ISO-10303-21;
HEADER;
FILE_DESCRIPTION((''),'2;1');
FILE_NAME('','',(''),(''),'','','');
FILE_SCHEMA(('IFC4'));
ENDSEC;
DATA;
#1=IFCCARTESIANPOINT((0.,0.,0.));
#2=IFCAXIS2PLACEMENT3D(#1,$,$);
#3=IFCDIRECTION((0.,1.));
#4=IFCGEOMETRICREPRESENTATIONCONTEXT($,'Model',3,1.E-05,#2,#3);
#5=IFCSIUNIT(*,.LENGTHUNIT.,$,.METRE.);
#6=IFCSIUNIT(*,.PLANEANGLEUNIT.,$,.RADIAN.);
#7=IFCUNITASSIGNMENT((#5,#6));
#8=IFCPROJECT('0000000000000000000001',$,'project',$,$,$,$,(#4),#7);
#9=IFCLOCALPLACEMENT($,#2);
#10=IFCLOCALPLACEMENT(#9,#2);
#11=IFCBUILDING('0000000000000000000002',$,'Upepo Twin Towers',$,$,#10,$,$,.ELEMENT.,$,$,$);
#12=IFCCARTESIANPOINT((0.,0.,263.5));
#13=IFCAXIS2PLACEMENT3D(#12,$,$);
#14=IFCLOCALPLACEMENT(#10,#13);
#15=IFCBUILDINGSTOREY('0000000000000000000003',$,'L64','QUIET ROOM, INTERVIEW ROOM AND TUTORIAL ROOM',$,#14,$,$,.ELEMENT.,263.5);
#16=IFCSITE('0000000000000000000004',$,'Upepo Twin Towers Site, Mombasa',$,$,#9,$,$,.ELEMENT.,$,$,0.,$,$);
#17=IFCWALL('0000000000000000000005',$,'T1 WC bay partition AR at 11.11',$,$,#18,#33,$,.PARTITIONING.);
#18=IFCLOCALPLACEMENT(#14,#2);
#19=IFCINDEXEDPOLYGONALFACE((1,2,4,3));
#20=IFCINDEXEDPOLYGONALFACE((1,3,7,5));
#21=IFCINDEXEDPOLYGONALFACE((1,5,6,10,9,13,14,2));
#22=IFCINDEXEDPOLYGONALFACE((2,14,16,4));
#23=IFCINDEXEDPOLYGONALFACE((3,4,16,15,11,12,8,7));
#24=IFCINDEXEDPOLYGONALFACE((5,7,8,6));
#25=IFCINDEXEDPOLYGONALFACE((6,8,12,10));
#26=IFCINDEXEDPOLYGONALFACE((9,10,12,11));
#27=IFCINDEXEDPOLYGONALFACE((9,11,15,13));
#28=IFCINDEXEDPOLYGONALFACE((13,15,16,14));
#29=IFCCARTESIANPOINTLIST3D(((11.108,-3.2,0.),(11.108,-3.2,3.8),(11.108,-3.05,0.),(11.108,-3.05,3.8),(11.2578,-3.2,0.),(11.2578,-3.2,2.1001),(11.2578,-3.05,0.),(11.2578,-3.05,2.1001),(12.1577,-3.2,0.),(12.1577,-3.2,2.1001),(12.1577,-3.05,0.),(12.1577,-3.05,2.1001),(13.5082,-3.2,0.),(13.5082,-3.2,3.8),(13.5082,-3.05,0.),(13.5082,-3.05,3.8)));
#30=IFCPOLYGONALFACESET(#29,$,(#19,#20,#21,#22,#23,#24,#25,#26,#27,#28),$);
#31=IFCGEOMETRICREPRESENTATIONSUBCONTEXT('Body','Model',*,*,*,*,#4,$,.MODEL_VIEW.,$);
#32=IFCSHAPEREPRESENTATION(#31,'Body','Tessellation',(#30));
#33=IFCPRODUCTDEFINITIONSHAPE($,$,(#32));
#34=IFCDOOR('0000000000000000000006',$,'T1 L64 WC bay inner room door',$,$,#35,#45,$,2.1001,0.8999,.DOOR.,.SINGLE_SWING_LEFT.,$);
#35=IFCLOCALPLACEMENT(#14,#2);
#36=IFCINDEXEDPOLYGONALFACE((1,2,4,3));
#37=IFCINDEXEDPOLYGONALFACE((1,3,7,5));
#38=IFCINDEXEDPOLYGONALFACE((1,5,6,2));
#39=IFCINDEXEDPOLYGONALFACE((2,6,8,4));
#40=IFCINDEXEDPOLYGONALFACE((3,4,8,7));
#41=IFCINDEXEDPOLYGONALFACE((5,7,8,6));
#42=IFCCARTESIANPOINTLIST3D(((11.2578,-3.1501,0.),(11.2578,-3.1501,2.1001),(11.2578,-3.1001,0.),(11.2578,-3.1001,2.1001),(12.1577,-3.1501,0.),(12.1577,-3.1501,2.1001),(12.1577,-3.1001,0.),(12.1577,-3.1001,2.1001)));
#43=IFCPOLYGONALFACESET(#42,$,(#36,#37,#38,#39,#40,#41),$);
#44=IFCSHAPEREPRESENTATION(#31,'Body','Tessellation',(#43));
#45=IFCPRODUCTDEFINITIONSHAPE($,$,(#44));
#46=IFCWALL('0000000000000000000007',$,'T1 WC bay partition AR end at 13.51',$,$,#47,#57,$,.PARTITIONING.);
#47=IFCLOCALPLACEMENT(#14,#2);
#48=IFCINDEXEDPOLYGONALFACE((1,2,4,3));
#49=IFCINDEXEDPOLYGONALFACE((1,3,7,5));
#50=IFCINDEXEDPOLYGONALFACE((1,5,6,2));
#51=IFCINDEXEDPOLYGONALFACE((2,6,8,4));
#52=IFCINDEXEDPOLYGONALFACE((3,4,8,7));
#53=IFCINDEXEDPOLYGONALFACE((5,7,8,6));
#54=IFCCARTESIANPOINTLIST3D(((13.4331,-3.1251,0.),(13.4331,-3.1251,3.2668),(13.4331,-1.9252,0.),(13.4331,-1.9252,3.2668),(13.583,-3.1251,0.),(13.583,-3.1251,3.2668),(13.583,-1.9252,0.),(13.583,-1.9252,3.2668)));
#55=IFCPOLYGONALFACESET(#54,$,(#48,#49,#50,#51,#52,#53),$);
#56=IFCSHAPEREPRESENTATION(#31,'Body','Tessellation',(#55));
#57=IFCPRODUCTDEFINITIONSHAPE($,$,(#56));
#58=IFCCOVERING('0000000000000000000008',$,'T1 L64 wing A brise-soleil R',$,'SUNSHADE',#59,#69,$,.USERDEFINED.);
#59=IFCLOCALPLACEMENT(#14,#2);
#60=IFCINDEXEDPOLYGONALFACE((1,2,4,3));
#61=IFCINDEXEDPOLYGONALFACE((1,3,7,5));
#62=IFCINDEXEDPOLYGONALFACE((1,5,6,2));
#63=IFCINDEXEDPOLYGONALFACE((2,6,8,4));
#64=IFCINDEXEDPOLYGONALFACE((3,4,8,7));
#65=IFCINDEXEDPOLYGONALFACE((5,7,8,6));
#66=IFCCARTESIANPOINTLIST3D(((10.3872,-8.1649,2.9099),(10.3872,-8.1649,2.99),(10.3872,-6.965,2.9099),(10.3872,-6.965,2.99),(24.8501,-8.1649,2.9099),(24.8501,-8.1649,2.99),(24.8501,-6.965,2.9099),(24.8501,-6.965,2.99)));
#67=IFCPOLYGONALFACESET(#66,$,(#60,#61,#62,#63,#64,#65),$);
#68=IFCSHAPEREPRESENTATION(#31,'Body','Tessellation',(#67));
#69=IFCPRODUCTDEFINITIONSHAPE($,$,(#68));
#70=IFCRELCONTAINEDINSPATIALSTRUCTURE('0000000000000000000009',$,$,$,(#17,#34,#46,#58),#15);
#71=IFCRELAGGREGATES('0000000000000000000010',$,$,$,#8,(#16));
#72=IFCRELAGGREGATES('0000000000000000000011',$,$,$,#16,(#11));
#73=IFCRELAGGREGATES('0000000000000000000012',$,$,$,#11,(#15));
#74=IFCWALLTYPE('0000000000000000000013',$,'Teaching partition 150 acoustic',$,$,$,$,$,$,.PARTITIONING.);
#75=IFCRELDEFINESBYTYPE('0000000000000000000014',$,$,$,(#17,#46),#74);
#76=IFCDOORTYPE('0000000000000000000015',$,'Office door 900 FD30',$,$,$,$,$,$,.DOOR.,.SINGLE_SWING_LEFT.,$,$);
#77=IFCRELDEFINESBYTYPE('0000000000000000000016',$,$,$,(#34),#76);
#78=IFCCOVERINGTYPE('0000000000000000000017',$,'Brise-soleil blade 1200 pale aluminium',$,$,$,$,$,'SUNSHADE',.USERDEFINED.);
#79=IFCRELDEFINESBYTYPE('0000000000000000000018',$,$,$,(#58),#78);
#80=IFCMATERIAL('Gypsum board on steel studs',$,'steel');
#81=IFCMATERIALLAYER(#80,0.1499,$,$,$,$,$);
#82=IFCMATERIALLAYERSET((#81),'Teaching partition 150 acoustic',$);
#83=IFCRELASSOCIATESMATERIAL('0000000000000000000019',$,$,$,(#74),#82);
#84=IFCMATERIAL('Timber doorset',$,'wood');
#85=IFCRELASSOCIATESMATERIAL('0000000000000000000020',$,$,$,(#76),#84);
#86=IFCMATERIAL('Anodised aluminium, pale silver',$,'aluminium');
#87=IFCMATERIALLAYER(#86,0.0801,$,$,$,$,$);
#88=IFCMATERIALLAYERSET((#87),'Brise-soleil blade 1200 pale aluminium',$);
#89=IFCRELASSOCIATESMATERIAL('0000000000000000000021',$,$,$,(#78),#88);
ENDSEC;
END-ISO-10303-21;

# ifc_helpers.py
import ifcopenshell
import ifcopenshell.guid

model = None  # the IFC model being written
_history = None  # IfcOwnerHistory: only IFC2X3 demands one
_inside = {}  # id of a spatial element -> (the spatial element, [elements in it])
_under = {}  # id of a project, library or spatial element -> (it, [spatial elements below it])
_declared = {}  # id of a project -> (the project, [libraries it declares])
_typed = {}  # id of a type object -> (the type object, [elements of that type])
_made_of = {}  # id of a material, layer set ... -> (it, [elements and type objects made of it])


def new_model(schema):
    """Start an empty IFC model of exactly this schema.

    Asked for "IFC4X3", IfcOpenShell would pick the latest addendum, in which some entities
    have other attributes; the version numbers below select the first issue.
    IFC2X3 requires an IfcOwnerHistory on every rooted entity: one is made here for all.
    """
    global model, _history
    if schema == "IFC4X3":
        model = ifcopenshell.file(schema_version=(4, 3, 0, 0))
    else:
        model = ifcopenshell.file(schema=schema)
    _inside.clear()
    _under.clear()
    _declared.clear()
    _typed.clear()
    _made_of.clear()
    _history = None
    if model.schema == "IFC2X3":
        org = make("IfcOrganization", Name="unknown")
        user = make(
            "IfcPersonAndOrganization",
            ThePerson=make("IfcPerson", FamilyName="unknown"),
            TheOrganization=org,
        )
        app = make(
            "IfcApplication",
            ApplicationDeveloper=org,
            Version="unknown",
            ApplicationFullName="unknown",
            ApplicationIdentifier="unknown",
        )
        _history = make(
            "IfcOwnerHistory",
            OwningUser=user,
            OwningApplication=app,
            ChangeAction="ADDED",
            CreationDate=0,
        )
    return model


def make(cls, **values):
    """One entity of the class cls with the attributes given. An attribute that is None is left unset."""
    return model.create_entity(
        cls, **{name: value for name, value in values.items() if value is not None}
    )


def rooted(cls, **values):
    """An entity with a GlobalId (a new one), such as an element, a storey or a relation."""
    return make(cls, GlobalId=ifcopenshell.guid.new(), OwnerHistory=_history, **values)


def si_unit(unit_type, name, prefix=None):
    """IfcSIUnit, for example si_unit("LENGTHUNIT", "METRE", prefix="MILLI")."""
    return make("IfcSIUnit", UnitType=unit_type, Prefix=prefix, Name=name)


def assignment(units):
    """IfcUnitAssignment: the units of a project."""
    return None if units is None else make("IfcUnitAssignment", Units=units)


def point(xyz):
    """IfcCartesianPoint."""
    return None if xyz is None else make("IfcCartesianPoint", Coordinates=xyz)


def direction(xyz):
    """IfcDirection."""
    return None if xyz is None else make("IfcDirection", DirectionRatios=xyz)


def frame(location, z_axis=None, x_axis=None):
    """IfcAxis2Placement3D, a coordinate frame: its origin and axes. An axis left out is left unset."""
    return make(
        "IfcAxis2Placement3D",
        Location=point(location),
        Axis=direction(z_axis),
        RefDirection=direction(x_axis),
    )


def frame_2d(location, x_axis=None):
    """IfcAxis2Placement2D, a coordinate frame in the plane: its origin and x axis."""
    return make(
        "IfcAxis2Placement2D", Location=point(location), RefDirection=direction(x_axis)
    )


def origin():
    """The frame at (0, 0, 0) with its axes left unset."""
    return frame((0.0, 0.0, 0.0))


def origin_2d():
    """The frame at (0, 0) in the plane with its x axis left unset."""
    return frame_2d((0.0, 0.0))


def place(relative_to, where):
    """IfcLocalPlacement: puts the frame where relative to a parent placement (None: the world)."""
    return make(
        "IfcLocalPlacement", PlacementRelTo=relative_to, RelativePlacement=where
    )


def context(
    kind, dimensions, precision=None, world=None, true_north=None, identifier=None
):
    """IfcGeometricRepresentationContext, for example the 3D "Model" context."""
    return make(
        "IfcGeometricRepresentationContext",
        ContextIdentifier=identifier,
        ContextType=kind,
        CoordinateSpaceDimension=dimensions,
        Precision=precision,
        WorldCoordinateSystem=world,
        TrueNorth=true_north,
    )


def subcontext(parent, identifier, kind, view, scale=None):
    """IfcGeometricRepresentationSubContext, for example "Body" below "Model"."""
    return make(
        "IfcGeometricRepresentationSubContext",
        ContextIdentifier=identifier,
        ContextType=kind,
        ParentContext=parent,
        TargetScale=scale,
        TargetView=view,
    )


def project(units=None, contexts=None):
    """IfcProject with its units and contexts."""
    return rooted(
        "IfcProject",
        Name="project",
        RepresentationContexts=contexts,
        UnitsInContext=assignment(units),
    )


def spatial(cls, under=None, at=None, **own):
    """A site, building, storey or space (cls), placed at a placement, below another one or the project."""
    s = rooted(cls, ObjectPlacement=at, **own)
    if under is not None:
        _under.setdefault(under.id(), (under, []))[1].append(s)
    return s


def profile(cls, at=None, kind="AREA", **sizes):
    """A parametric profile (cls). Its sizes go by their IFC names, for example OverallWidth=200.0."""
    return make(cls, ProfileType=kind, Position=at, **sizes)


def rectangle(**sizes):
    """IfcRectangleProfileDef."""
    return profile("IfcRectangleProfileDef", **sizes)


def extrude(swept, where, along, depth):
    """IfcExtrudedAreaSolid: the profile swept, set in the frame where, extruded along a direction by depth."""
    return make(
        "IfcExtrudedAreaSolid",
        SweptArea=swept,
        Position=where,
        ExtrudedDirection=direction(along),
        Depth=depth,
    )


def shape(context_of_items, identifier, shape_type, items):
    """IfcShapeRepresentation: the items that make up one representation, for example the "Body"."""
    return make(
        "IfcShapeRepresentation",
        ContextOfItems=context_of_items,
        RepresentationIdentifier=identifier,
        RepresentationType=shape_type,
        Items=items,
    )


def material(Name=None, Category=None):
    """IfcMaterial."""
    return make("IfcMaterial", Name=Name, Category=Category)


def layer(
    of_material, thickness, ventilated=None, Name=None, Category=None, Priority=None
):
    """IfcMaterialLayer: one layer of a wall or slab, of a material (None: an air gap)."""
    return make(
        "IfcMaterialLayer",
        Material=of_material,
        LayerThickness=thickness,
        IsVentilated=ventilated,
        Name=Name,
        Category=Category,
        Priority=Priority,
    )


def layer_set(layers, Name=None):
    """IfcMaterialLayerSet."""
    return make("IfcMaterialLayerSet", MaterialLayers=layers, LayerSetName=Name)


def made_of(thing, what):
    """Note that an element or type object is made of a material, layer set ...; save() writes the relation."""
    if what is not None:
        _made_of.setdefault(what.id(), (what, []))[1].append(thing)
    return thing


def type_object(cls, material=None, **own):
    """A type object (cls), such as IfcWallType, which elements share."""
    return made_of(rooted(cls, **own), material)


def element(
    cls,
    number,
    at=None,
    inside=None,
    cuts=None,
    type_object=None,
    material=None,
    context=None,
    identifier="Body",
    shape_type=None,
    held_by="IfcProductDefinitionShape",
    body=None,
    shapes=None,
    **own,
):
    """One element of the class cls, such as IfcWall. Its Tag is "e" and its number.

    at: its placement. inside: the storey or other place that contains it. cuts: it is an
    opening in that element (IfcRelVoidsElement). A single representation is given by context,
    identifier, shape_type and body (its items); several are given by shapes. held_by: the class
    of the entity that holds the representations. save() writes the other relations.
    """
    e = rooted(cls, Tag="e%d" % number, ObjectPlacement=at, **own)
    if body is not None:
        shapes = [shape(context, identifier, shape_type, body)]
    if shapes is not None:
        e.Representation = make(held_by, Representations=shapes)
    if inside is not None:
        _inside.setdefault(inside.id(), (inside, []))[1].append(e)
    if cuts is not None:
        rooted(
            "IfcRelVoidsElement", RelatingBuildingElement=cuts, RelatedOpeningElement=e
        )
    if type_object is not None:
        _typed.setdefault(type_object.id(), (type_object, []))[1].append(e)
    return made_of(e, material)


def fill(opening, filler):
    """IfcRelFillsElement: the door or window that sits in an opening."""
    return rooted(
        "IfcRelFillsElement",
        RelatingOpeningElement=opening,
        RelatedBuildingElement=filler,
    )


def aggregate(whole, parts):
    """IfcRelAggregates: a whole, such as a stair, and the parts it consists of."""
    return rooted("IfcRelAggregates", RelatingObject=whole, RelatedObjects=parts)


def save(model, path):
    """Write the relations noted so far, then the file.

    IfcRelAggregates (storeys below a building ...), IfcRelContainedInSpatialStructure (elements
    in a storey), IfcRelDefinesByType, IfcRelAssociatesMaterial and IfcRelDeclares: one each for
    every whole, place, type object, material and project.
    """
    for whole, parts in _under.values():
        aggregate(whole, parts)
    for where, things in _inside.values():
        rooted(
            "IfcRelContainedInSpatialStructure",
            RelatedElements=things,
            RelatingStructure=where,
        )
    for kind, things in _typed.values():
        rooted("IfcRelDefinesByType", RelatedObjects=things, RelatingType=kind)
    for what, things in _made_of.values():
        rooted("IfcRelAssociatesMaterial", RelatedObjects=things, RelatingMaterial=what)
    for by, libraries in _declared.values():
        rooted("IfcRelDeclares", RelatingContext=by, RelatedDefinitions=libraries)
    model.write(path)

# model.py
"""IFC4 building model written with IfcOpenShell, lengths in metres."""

from ifc_helpers import new_model, si_unit, direction, frame, frame_2d, origin, origin_2d, place, context, subcontext, project, spatial, rectangle, extrude, material, layer, layer_set, type_object, element, fill, save


model = new_model("IFC4")

# Units and contexts
model_context = context("Model", 3, precision=1e-05, world=origin(), true_north=direction((0.0, 1.0)))
body_context = subcontext(model_context, "Body", "Model", "MODEL_VIEW")
ifc_project = project(units=[si_unit("LENGTHUNIT", "METRE"), si_unit("PLANEANGLEUNIT", "RADIAN")], contexts=[model_context])

# Site, building, storey
site_placement = place(None, origin())
site = spatial("IfcSite", under=ifc_project, at=site_placement, Name="Upepo Twin Towers Site, Mombasa", CompositionType="ELEMENT", RefElevation=0.0)
building_placement = place(site_placement, origin())
building = spatial("IfcBuilding", under=site, at=building_placement, Name="Upepo Twin Towers", CompositionType="ELEMENT")
storey_placement = place(building_placement, frame((0.0, 0.0, 263.5)))
storey = spatial("IfcBuildingStorey", under=building, at=storey_placement, Name="L64", Description="QUIET ROOM, INTERVIEW ROOM AND TUTORIAL ROOM", CompositionType="ELEMENT", Elevation=263.5)

# Shared definitions
ifc_material_1 = material(Name="Gypsum board on steel studs", Category="steel")
ifc_layer_1 = layer(ifc_material_1, 0.1499)
ifc_layer_set_1 = layer_set([ifc_layer_1], Name="Teaching partition 150 acoustic")
wall_type_1 = type_object("IfcWallType", Name="Teaching partition 150 acoustic", PredefinedType="PARTITIONING", material=ifc_layer_set_1)

# Wall, opening, door
wall_1_placement = place(storey_placement, frame((11.1079, -3.125, 0.0), z_axis=(0.0, 0.0, 1.0), x_axis=(1.0, 0.0, 0.0)))
wall_1 = element("IfcWall", 1, at=wall_1_placement, inside=storey, type_object=wall_type_1, Name="T1 WC bay partition AR at 11.11", PredefinedType="PARTITIONING", context=body_context, shape_type="SweptSolid", body=[
    extrude(rectangle(XDim=2.4001, YDim=0.1499, at=frame_2d((1.2002, 0.0))), origin(), (0.0, 0.0, 1.0), 3.8),
])
opening_1_placement = place(wall_1_placement, frame((0.1499, 0.0, 0.0)))
opening_1 = element("IfcOpeningElement", 2, at=opening_1_placement, cuts=wall_1, PredefinedType="OPENING", context=body_context, shape_type="SweptSolid", body=[
    extrude(rectangle(XDim=0.8999, YDim=2.1001, at=frame_2d((0.45, 1.05))), frame((0.0, 0.085, 0.0), z_axis=(0.0, -1.0, 0.0), x_axis=(1.0, 0.0, 0.0)), (0.0, 0.0, 1.0), 0.1699),
])
ifc_material_2 = material(Name="Timber doorset", Category="wood")
door_type_1 = type_object("IfcDoorType", Name="Office door 900 FD30", OperationType="SINGLE_SWING_LEFT", PredefinedType="DOOR", material=ifc_material_2)
door_1_placement = place(opening_1_placement, origin())
door_1 = element("IfcDoor", 3, at=door_1_placement, inside=storey, type_object=door_type_1, Name="T1 L64 WC bay inner room door", OperationType="SINGLE_SWING_LEFT", OverallHeight=2.1001, OverallWidth=0.8999, PredefinedType="DOOR", context=body_context, shape_type="SweptSolid", body=[
    extrude(rectangle(XDim=0.8999, YDim=2.1001, at=frame_2d((0.45, 1.05))), frame((0.0, 0.0249, 0.0), z_axis=(0.0, -1.0, 0.0), x_axis=(1.0, 0.0, 0.0)), (0.0, 0.0, 1.0), 0.05),
])
fill(opening_1, door_1)

# Wall
wall_2_placement = place(storey_placement, frame((13.5081, -1.925, 0.0), z_axis=(0.0, 0.0, 1.0), x_axis=(0.0, -1.0, 0.0)))
element("IfcWall", 4, at=wall_2_placement, inside=storey, type_object=wall_type_1, Name="T1 WC bay partition AR end at 13.51", PredefinedType="PARTITIONING", context=body_context, shape_type="SweptSolid", body=[
    extrude(rectangle(XDim=1.2, YDim=0.1499, at=frame_2d((0.6001, 0.0))), origin(), (0.0, 0.0, 1.0), 3.2668),
])

# Covering
ifc_material_3 = material(Name="Anodised aluminium, pale silver", Category="aluminium")
ifc_layer_2 = layer(ifc_material_3, 0.0801)
ifc_layer_set_2 = layer_set([ifc_layer_2], Name="Brise-soleil blade 1200 pale aluminium")
covering_type = type_object("IfcCoveringType", Name="Brise-soleil blade 1200 pale aluminium", ElementType="SUNSHADE", PredefinedType="USERDEFINED", material=ifc_layer_set_2)
covering_placement = place(storey_placement, frame((17.6187, -7.5649, 2.9099), z_axis=(0.0, 0.0, 1.0), x_axis=(1.0, 0.0, 0.0)))
element("IfcCovering", 5, at=covering_placement, inside=storey, type_object=covering_type, Name="T1 L64 wing A brise-soleil R", ObjectType="SUNSHADE", PredefinedType="USERDEFINED", context=body_context, shape_type="SweptSolid", body=[
    extrude(rectangle(XDim=14.4629, YDim=1.2, at=origin_2d()), origin(), (0.0, 0.0, 1.0), 0.0801),
])

save(model, "model.ifc")
